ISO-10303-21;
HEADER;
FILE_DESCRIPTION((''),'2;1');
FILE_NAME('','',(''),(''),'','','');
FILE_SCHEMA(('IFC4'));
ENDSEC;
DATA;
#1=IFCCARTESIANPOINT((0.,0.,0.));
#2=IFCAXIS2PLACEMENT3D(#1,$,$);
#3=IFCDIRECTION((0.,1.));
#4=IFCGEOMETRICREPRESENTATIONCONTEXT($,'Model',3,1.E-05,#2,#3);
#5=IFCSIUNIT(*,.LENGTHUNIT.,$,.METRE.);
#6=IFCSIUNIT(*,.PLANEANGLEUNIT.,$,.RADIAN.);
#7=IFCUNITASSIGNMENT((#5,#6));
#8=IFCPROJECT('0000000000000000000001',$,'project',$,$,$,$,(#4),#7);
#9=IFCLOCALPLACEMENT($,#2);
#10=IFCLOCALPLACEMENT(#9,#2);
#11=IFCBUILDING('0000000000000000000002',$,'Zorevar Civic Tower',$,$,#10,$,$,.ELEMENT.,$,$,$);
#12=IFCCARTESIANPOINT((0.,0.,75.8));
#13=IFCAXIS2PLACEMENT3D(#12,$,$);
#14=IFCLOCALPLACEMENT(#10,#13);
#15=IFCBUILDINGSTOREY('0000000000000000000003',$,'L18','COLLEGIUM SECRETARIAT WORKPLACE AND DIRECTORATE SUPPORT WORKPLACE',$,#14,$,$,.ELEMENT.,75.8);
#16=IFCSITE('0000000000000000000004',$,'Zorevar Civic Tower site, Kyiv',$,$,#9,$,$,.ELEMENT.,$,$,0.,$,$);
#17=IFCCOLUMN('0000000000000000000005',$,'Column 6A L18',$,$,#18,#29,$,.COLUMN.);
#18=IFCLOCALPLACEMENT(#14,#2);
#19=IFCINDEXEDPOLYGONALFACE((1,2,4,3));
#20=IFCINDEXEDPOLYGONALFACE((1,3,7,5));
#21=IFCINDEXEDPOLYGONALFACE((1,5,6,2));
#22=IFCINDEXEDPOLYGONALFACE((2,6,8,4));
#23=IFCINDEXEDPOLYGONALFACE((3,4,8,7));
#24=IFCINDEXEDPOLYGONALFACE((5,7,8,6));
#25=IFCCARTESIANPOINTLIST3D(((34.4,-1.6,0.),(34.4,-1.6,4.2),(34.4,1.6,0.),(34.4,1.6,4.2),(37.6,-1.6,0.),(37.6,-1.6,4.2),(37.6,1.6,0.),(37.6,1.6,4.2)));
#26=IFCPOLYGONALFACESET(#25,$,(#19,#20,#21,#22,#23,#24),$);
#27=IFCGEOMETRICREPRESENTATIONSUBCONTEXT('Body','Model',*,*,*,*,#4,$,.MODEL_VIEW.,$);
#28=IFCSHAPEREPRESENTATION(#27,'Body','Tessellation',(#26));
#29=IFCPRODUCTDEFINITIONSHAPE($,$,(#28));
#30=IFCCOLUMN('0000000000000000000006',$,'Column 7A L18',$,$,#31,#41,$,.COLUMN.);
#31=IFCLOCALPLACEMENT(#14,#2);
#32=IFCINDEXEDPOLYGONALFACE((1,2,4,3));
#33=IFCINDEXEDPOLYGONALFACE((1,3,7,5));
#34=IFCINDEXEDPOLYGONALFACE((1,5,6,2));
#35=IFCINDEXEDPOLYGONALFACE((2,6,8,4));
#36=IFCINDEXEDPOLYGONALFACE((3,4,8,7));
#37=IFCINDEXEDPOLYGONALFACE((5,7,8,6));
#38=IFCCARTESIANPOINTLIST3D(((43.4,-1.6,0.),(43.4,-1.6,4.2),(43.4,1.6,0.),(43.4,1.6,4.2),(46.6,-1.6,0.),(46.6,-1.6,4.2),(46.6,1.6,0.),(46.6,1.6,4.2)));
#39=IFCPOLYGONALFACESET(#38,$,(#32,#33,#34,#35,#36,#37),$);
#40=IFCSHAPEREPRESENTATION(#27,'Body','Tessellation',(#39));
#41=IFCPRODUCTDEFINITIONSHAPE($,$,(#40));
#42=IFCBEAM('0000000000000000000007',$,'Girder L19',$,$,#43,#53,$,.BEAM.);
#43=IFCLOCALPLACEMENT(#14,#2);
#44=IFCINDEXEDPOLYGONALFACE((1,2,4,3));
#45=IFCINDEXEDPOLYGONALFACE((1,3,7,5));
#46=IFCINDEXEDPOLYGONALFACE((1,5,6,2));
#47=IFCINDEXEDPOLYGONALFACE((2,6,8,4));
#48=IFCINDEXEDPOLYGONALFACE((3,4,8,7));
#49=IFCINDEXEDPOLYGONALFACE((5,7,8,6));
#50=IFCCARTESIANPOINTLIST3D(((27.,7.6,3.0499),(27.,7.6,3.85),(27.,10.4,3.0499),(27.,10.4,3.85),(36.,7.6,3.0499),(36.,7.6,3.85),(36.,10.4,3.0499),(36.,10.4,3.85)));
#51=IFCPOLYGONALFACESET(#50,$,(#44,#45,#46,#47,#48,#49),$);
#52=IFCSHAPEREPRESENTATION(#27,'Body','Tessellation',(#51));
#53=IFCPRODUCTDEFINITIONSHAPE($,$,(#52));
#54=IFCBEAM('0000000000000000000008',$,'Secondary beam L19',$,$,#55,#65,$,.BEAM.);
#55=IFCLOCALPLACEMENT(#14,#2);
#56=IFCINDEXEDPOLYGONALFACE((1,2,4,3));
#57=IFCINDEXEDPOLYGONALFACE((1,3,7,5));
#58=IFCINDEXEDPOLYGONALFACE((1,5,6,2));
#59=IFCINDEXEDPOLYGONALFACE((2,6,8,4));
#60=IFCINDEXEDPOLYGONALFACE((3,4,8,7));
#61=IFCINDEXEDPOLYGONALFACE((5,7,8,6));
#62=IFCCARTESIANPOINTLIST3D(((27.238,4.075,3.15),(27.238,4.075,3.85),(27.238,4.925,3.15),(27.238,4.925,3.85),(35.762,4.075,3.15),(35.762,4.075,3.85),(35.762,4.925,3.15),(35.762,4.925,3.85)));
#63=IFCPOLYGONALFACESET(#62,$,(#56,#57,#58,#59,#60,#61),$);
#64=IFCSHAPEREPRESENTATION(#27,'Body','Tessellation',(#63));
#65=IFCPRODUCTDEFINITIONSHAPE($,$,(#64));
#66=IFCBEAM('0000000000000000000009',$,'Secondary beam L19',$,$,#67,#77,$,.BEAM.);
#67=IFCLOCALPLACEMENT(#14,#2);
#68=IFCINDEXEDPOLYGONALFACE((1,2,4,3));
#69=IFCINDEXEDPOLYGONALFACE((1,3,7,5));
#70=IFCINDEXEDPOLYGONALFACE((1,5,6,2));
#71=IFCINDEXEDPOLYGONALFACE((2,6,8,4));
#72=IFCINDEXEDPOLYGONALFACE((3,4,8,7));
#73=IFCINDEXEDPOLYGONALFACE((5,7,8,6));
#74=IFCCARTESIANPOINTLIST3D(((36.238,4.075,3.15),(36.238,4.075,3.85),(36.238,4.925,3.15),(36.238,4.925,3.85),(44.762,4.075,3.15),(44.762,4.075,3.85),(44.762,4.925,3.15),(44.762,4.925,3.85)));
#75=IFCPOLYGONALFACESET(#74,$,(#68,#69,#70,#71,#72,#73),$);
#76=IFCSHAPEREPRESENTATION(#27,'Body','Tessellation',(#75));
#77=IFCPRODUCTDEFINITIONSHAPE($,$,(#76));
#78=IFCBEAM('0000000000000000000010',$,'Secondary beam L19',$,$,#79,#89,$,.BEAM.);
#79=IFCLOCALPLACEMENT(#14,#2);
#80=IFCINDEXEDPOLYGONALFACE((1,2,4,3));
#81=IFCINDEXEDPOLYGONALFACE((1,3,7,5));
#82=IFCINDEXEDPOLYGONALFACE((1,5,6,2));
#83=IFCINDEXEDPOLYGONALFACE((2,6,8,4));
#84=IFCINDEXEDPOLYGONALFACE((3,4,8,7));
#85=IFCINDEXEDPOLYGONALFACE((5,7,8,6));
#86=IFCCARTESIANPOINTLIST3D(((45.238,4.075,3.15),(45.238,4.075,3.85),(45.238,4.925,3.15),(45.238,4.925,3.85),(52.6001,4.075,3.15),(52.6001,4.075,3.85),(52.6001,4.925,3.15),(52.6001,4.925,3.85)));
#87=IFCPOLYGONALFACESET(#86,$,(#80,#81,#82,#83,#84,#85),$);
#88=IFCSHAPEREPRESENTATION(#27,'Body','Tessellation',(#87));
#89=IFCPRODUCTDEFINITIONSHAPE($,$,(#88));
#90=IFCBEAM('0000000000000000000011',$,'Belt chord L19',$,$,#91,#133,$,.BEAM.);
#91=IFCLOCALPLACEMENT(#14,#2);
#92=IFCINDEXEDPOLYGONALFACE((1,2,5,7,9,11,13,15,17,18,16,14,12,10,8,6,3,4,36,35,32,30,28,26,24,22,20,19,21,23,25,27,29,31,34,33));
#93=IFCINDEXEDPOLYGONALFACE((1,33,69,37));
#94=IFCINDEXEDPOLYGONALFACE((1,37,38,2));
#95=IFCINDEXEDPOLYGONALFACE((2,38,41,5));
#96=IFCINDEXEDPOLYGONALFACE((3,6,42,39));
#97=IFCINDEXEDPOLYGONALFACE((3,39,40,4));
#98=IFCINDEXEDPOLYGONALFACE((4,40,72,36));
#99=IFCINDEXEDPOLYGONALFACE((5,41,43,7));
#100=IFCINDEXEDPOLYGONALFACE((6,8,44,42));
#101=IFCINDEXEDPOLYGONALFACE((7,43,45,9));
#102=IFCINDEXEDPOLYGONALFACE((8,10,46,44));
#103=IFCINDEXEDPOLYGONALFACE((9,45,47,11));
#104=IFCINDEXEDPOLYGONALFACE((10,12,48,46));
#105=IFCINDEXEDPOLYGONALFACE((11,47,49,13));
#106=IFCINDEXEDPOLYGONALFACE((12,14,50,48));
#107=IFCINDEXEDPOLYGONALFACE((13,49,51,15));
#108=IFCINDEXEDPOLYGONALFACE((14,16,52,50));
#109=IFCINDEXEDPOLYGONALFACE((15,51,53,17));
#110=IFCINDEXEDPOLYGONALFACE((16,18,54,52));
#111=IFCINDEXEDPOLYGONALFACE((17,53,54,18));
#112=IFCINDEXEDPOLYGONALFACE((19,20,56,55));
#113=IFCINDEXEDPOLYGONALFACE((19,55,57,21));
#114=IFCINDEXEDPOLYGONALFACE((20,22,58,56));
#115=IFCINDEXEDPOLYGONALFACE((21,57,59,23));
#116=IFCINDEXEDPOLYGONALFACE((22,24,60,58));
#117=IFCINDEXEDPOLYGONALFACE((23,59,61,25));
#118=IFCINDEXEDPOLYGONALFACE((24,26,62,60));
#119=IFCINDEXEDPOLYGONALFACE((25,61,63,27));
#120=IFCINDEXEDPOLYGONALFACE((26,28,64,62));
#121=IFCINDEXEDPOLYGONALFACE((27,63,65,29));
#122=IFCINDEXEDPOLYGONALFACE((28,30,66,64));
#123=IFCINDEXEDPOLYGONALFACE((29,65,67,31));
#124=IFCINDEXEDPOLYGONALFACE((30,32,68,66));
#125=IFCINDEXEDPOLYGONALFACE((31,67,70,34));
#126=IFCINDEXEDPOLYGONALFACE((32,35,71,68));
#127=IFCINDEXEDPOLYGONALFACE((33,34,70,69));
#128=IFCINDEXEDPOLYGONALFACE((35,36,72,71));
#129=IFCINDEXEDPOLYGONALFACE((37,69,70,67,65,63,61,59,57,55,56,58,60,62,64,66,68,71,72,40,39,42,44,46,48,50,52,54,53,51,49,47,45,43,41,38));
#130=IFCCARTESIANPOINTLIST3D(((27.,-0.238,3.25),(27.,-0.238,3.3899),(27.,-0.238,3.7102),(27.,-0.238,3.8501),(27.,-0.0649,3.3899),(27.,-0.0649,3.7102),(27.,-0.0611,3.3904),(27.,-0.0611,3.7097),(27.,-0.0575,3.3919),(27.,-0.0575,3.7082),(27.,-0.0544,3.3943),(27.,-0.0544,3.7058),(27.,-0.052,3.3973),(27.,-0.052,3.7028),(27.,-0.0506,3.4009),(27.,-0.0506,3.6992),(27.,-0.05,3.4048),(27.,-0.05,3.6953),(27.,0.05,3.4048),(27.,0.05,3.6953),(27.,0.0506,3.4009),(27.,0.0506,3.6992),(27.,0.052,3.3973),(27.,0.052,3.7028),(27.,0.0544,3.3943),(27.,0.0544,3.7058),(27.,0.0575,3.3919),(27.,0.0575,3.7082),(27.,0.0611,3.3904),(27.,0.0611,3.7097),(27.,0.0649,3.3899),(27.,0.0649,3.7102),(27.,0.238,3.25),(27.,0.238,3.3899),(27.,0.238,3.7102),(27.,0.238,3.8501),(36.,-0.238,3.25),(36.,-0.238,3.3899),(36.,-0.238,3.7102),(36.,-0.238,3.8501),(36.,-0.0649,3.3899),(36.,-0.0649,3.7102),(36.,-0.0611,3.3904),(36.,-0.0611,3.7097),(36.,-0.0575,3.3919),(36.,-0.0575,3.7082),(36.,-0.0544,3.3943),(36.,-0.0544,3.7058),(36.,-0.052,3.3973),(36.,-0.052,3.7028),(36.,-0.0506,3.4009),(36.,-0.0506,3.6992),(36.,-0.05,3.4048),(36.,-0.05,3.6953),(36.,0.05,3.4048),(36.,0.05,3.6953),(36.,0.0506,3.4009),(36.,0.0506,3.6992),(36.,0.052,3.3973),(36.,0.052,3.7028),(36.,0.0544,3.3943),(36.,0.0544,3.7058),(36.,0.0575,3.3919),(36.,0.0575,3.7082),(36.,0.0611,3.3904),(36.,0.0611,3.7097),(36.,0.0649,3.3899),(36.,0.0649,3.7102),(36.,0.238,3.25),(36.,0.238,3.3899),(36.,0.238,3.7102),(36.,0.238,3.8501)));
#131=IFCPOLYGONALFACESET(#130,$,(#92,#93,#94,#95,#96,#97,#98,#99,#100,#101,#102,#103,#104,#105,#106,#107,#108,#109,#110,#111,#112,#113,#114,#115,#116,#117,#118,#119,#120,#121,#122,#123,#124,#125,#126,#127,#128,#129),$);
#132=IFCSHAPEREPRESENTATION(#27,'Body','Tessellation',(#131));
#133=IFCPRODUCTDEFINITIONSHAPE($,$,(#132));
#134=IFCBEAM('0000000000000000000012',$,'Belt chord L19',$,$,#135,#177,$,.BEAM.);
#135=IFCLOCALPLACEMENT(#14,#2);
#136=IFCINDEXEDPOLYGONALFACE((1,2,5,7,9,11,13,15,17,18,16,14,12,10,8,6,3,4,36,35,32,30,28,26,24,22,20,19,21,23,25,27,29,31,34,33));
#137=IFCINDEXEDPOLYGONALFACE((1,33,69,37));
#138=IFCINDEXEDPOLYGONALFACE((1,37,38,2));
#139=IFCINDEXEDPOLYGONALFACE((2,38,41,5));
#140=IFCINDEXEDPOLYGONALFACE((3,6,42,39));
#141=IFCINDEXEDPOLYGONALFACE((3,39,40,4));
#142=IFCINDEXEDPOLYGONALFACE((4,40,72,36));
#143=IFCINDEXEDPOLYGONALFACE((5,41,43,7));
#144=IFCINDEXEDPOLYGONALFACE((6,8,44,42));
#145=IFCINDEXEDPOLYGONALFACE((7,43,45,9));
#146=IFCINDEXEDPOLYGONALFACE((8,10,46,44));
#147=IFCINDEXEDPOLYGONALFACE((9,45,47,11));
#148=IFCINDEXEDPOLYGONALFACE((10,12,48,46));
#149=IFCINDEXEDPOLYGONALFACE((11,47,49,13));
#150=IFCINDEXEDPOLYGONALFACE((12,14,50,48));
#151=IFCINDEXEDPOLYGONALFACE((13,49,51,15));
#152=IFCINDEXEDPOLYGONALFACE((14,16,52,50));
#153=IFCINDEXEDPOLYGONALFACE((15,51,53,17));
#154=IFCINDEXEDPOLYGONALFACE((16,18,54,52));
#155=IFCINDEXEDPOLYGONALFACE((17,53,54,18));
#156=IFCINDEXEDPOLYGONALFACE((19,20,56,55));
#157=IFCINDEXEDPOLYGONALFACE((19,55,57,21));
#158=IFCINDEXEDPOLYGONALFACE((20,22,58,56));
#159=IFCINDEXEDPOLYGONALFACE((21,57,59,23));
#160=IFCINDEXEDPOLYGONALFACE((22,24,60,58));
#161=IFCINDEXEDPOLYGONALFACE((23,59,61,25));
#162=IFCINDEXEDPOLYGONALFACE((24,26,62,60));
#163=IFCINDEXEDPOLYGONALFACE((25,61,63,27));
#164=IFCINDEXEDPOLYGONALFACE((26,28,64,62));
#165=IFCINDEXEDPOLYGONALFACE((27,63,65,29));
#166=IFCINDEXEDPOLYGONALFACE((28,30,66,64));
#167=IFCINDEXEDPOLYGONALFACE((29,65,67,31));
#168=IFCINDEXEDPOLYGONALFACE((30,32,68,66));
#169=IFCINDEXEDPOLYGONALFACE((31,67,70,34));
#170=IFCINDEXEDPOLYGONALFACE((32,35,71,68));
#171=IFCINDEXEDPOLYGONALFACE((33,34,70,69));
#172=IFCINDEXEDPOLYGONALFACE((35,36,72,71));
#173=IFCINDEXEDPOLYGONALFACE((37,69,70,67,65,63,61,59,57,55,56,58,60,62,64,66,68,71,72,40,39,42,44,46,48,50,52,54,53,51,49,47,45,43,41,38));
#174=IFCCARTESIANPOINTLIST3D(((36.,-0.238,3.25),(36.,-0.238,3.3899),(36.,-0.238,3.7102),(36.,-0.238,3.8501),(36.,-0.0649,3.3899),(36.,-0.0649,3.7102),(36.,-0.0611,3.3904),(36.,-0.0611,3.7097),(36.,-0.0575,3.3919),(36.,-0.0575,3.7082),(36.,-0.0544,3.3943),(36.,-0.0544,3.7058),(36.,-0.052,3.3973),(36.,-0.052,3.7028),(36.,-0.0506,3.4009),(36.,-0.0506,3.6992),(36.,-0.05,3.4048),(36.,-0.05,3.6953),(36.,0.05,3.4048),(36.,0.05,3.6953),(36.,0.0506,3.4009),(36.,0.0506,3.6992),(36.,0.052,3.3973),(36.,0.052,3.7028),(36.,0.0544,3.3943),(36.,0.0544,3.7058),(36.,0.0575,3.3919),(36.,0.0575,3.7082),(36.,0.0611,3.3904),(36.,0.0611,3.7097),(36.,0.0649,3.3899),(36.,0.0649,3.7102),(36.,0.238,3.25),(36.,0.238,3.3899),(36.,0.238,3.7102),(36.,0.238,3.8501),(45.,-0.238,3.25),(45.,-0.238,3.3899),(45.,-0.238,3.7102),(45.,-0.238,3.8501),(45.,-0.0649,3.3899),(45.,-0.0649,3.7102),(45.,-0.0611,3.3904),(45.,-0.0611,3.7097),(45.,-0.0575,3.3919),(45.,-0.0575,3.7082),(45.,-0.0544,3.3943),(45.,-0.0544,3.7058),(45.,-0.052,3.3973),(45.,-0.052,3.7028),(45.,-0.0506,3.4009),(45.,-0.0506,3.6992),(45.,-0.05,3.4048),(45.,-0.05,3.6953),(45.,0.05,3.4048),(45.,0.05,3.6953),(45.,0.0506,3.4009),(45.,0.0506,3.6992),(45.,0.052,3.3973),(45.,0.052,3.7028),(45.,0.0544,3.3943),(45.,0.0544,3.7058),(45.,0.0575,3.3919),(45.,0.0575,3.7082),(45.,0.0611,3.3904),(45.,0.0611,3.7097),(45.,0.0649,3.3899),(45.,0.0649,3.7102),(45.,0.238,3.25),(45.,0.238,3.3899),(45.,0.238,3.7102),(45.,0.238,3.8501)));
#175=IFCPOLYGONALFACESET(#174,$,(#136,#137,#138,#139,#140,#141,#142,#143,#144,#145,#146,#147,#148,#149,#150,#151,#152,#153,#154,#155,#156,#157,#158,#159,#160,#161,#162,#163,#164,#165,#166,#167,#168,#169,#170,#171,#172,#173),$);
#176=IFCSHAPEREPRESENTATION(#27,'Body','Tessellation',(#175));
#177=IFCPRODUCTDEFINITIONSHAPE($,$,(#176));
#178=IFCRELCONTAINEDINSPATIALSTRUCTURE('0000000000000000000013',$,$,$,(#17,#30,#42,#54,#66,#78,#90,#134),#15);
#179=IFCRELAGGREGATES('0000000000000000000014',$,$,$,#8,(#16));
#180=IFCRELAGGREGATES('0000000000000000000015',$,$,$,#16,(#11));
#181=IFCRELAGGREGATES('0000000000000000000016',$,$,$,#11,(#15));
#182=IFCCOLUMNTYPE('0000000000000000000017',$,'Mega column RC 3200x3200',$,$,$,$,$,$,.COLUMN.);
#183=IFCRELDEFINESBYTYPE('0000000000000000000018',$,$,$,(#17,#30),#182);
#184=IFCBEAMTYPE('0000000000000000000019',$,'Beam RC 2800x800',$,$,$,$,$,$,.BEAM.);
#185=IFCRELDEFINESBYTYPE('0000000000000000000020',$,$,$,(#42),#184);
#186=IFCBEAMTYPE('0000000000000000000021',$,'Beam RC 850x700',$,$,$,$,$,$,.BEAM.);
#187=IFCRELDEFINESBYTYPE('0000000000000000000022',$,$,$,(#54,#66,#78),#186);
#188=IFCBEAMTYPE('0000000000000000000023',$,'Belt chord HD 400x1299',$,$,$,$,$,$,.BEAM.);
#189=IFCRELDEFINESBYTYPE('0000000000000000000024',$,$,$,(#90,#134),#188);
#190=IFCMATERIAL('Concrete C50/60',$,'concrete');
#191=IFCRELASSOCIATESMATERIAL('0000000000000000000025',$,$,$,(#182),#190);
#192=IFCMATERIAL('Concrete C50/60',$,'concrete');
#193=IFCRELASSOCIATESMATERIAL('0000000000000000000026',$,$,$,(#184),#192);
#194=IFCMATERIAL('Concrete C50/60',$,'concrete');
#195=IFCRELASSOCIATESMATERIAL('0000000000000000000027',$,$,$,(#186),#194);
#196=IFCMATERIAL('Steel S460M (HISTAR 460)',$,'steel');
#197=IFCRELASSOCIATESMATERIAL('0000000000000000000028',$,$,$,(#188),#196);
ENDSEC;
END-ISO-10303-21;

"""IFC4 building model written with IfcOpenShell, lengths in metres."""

from ifc_helpers import new_model, si_unit, direction, frame, origin, origin_2d, place, context, subcontext, project, spatial, rectangle, i_section, extrude, material, material_profile, profile_set, type_object, element, save


model = new_model("IFC4")

# Units and contexts
model_context = context("Model", 3, precision=1e-05, world=origin(), true_north=direction((0.0, 1.0)))
body_context = subcontext(model_context, "Body", "Model", "MODEL_VIEW")
ifc_project = project(units=[si_unit("LENGTHUNIT", "METRE"), si_unit("PLANEANGLEUNIT", "RADIAN")], contexts=[model_context])

# Site, building, storey
site_placement = place(None, origin())
site = spatial("IfcSite", under=ifc_project, at=site_placement, Name="Zorevar Civic Tower site, Kyiv", CompositionType="ELEMENT", RefElevation=0.0)
building_placement = place(site_placement, origin())
building = spatial("IfcBuilding", under=site, at=building_placement, Name="Zorevar Civic Tower", CompositionType="ELEMENT")
storey_placement = place(building_placement, frame((0.0, 0.0, 75.8)))
storey = spatial("IfcBuildingStorey", under=building, at=storey_placement, Name="L18", Description="COLLEGIUM SECRETARIAT WORKPLACE AND DIRECTORATE SUPPORT WORKPLACE", CompositionType="ELEMENT", Elevation=75.8)

# Columns
ifc_material_1 = material(Name="Concrete C50/60", Category="concrete")
ifc_material_profile_1 = material_profile(ifc_material_1, rectangle(XDim=3.2, YDim=3.2, at=origin_2d()), Name="RC 3200x3200")
ifc_profile_set_1 = profile_set([ifc_material_profile_1], Name="Concrete C50/60")
column_type = type_object("IfcColumnType", Name="Mega column RC 3200x3200", PredefinedType="COLUMN", material=ifc_profile_set_1)
for number, where, z_axis, x_axis, name in (
    (1, (36.0, 0.0, 0.0), (0.0, 0.0, 1.0), (1.0, 0.0, 0.0), "Column 6A L18"),
    (2, (45.0, 0.0, 0.0), (0.0, 0.0, 1.0), (1.0, 0.0, 0.0), "Column 7A L18"),
):
    element("IfcColumn", number, at=place(storey_placement, frame(where, z_axis=z_axis, x_axis=x_axis)), inside=storey, type_object=column_type, Name=name, PredefinedType="COLUMN", context=body_context, shape_type="SweptSolid", body=[
        extrude(rectangle(XDim=3.2, YDim=3.2, at=origin_2d()), origin(), (0.0, 0.0, 1.0), 4.2),
    ])

# Beams
ifc_material_2 = material(Name="Concrete C50/60", Category="concrete")
ifc_material_profile_2 = material_profile(ifc_material_2, rectangle(XDim=2.8, YDim=0.8, at=origin_2d()), Name="RC 2800x800")
ifc_profile_set_2 = profile_set([ifc_material_profile_2], Name="Concrete C50/60")
beam_type_1 = type_object("IfcBeamType", Name="Beam RC 2800x800", PredefinedType="BEAM", material=ifc_profile_set_2)
beam_1_placement = place(storey_placement, frame((27.0, 9.0, 3.45), z_axis=(1.0, 0.0, 0.0), x_axis=(0.0, 1.0, 0.0)))
element("IfcBeam", 3, at=beam_1_placement, inside=storey, type_object=beam_type_1, Name="Girder L19", PredefinedType="BEAM", context=body_context, shape_type="SweptSolid", body=[
    extrude(rectangle(XDim=2.8, YDim=0.8, at=origin_2d()), origin(), (0.0, 0.0, 1.0), 9.0),
])
ifc_material_3 = material(Name="Concrete C50/60", Category="concrete")
ifc_material_profile_3 = material_profile(ifc_material_3, rectangle(XDim=0.8501, YDim=0.7, at=origin_2d()), Name="RC 850x700")
ifc_profile_set_3 = profile_set([ifc_material_profile_3], Name="Concrete C50/60")
beam_type_2 = type_object("IfcBeamType", Name="Beam RC 850x700", PredefinedType="BEAM", material=ifc_profile_set_3)
for number, where, z_axis, x_axis, name in (
    (4, (27.238, 4.5, 3.5), (1.0, 0.0, 0.0), (0.0, 1.0, 0.0), "Secondary beam L19"),
    (5, (36.238, 4.5, 3.5), (1.0, 0.0, 0.0), (0.0, 1.0, 0.0), "Secondary beam L19"),
):
    element("IfcBeam", number, at=place(storey_placement, frame(where, z_axis=z_axis, x_axis=x_axis)), inside=storey, type_object=beam_type_2, Name=name, PredefinedType="BEAM", context=body_context, shape_type="SweptSolid", body=[
        extrude(rectangle(XDim=0.8501, YDim=0.7, at=origin_2d()), origin(), (0.0, 0.0, 1.0), 8.5239),
    ])
beam_2_placement = place(storey_placement, frame((45.238, 4.5, 3.5), z_axis=(1.0, 0.0, 0.0), x_axis=(0.0, 1.0, 0.0)))
element("IfcBeam", 6, at=beam_2_placement, inside=storey, type_object=beam_type_2, Name="Secondary beam L19", PredefinedType="BEAM", context=body_context, shape_type="SweptSolid", body=[
    extrude(rectangle(XDim=0.8501, YDim=0.7, at=origin_2d()), origin(), (0.0, 0.0, 1.0), 7.3621),
])
ifc_material_4 = material(Name="Steel S460M (HISTAR 460)", Category="steel")
ifc_material_profile_4 = material_profile(ifc_material_4, i_section(OverallWidth=0.4761, OverallDepth=0.6001, WebThickness=0.1001, FlangeThickness=0.1399, FilletRadius=0.0149, at=origin_2d()), Name="HD 400x1299")
ifc_profile_set_4 = profile_set([ifc_material_profile_4], Name="Steel S460M (HISTAR 460)")
beam_type_3 = type_object("IfcBeamType", Name="Belt chord HD 400x1299", PredefinedType="BEAM", material=ifc_profile_set_4)
for number, where, z_axis, x_axis, name in (
    (7, (27.0, 0.0, 3.55), (1.0, 0.0, 0.0), (0.0, 1.0, 0.0), "Belt chord L19"),
    (8, (36.0, 0.0, 3.55), (1.0, 0.0, 0.0), (0.0, 1.0, 0.0), "Belt chord L19"),
):
    element("IfcBeam", number, at=place(storey_placement, frame(where, z_axis=z_axis, x_axis=x_axis)), inside=storey, type_object=beam_type_3, Name=name, PredefinedType="BEAM", context=body_context, shape_type="SweptSolid", body=[
        extrude(i_section(OverallWidth=0.4761, OverallDepth=0.6001, WebThickness=0.1001, FlangeThickness=0.1399, FilletRadius=0.0149, at=origin_2d()), origin(), (0.0, 0.0, 1.0), 9.0),
    ])

save(model, "model.ifc")
